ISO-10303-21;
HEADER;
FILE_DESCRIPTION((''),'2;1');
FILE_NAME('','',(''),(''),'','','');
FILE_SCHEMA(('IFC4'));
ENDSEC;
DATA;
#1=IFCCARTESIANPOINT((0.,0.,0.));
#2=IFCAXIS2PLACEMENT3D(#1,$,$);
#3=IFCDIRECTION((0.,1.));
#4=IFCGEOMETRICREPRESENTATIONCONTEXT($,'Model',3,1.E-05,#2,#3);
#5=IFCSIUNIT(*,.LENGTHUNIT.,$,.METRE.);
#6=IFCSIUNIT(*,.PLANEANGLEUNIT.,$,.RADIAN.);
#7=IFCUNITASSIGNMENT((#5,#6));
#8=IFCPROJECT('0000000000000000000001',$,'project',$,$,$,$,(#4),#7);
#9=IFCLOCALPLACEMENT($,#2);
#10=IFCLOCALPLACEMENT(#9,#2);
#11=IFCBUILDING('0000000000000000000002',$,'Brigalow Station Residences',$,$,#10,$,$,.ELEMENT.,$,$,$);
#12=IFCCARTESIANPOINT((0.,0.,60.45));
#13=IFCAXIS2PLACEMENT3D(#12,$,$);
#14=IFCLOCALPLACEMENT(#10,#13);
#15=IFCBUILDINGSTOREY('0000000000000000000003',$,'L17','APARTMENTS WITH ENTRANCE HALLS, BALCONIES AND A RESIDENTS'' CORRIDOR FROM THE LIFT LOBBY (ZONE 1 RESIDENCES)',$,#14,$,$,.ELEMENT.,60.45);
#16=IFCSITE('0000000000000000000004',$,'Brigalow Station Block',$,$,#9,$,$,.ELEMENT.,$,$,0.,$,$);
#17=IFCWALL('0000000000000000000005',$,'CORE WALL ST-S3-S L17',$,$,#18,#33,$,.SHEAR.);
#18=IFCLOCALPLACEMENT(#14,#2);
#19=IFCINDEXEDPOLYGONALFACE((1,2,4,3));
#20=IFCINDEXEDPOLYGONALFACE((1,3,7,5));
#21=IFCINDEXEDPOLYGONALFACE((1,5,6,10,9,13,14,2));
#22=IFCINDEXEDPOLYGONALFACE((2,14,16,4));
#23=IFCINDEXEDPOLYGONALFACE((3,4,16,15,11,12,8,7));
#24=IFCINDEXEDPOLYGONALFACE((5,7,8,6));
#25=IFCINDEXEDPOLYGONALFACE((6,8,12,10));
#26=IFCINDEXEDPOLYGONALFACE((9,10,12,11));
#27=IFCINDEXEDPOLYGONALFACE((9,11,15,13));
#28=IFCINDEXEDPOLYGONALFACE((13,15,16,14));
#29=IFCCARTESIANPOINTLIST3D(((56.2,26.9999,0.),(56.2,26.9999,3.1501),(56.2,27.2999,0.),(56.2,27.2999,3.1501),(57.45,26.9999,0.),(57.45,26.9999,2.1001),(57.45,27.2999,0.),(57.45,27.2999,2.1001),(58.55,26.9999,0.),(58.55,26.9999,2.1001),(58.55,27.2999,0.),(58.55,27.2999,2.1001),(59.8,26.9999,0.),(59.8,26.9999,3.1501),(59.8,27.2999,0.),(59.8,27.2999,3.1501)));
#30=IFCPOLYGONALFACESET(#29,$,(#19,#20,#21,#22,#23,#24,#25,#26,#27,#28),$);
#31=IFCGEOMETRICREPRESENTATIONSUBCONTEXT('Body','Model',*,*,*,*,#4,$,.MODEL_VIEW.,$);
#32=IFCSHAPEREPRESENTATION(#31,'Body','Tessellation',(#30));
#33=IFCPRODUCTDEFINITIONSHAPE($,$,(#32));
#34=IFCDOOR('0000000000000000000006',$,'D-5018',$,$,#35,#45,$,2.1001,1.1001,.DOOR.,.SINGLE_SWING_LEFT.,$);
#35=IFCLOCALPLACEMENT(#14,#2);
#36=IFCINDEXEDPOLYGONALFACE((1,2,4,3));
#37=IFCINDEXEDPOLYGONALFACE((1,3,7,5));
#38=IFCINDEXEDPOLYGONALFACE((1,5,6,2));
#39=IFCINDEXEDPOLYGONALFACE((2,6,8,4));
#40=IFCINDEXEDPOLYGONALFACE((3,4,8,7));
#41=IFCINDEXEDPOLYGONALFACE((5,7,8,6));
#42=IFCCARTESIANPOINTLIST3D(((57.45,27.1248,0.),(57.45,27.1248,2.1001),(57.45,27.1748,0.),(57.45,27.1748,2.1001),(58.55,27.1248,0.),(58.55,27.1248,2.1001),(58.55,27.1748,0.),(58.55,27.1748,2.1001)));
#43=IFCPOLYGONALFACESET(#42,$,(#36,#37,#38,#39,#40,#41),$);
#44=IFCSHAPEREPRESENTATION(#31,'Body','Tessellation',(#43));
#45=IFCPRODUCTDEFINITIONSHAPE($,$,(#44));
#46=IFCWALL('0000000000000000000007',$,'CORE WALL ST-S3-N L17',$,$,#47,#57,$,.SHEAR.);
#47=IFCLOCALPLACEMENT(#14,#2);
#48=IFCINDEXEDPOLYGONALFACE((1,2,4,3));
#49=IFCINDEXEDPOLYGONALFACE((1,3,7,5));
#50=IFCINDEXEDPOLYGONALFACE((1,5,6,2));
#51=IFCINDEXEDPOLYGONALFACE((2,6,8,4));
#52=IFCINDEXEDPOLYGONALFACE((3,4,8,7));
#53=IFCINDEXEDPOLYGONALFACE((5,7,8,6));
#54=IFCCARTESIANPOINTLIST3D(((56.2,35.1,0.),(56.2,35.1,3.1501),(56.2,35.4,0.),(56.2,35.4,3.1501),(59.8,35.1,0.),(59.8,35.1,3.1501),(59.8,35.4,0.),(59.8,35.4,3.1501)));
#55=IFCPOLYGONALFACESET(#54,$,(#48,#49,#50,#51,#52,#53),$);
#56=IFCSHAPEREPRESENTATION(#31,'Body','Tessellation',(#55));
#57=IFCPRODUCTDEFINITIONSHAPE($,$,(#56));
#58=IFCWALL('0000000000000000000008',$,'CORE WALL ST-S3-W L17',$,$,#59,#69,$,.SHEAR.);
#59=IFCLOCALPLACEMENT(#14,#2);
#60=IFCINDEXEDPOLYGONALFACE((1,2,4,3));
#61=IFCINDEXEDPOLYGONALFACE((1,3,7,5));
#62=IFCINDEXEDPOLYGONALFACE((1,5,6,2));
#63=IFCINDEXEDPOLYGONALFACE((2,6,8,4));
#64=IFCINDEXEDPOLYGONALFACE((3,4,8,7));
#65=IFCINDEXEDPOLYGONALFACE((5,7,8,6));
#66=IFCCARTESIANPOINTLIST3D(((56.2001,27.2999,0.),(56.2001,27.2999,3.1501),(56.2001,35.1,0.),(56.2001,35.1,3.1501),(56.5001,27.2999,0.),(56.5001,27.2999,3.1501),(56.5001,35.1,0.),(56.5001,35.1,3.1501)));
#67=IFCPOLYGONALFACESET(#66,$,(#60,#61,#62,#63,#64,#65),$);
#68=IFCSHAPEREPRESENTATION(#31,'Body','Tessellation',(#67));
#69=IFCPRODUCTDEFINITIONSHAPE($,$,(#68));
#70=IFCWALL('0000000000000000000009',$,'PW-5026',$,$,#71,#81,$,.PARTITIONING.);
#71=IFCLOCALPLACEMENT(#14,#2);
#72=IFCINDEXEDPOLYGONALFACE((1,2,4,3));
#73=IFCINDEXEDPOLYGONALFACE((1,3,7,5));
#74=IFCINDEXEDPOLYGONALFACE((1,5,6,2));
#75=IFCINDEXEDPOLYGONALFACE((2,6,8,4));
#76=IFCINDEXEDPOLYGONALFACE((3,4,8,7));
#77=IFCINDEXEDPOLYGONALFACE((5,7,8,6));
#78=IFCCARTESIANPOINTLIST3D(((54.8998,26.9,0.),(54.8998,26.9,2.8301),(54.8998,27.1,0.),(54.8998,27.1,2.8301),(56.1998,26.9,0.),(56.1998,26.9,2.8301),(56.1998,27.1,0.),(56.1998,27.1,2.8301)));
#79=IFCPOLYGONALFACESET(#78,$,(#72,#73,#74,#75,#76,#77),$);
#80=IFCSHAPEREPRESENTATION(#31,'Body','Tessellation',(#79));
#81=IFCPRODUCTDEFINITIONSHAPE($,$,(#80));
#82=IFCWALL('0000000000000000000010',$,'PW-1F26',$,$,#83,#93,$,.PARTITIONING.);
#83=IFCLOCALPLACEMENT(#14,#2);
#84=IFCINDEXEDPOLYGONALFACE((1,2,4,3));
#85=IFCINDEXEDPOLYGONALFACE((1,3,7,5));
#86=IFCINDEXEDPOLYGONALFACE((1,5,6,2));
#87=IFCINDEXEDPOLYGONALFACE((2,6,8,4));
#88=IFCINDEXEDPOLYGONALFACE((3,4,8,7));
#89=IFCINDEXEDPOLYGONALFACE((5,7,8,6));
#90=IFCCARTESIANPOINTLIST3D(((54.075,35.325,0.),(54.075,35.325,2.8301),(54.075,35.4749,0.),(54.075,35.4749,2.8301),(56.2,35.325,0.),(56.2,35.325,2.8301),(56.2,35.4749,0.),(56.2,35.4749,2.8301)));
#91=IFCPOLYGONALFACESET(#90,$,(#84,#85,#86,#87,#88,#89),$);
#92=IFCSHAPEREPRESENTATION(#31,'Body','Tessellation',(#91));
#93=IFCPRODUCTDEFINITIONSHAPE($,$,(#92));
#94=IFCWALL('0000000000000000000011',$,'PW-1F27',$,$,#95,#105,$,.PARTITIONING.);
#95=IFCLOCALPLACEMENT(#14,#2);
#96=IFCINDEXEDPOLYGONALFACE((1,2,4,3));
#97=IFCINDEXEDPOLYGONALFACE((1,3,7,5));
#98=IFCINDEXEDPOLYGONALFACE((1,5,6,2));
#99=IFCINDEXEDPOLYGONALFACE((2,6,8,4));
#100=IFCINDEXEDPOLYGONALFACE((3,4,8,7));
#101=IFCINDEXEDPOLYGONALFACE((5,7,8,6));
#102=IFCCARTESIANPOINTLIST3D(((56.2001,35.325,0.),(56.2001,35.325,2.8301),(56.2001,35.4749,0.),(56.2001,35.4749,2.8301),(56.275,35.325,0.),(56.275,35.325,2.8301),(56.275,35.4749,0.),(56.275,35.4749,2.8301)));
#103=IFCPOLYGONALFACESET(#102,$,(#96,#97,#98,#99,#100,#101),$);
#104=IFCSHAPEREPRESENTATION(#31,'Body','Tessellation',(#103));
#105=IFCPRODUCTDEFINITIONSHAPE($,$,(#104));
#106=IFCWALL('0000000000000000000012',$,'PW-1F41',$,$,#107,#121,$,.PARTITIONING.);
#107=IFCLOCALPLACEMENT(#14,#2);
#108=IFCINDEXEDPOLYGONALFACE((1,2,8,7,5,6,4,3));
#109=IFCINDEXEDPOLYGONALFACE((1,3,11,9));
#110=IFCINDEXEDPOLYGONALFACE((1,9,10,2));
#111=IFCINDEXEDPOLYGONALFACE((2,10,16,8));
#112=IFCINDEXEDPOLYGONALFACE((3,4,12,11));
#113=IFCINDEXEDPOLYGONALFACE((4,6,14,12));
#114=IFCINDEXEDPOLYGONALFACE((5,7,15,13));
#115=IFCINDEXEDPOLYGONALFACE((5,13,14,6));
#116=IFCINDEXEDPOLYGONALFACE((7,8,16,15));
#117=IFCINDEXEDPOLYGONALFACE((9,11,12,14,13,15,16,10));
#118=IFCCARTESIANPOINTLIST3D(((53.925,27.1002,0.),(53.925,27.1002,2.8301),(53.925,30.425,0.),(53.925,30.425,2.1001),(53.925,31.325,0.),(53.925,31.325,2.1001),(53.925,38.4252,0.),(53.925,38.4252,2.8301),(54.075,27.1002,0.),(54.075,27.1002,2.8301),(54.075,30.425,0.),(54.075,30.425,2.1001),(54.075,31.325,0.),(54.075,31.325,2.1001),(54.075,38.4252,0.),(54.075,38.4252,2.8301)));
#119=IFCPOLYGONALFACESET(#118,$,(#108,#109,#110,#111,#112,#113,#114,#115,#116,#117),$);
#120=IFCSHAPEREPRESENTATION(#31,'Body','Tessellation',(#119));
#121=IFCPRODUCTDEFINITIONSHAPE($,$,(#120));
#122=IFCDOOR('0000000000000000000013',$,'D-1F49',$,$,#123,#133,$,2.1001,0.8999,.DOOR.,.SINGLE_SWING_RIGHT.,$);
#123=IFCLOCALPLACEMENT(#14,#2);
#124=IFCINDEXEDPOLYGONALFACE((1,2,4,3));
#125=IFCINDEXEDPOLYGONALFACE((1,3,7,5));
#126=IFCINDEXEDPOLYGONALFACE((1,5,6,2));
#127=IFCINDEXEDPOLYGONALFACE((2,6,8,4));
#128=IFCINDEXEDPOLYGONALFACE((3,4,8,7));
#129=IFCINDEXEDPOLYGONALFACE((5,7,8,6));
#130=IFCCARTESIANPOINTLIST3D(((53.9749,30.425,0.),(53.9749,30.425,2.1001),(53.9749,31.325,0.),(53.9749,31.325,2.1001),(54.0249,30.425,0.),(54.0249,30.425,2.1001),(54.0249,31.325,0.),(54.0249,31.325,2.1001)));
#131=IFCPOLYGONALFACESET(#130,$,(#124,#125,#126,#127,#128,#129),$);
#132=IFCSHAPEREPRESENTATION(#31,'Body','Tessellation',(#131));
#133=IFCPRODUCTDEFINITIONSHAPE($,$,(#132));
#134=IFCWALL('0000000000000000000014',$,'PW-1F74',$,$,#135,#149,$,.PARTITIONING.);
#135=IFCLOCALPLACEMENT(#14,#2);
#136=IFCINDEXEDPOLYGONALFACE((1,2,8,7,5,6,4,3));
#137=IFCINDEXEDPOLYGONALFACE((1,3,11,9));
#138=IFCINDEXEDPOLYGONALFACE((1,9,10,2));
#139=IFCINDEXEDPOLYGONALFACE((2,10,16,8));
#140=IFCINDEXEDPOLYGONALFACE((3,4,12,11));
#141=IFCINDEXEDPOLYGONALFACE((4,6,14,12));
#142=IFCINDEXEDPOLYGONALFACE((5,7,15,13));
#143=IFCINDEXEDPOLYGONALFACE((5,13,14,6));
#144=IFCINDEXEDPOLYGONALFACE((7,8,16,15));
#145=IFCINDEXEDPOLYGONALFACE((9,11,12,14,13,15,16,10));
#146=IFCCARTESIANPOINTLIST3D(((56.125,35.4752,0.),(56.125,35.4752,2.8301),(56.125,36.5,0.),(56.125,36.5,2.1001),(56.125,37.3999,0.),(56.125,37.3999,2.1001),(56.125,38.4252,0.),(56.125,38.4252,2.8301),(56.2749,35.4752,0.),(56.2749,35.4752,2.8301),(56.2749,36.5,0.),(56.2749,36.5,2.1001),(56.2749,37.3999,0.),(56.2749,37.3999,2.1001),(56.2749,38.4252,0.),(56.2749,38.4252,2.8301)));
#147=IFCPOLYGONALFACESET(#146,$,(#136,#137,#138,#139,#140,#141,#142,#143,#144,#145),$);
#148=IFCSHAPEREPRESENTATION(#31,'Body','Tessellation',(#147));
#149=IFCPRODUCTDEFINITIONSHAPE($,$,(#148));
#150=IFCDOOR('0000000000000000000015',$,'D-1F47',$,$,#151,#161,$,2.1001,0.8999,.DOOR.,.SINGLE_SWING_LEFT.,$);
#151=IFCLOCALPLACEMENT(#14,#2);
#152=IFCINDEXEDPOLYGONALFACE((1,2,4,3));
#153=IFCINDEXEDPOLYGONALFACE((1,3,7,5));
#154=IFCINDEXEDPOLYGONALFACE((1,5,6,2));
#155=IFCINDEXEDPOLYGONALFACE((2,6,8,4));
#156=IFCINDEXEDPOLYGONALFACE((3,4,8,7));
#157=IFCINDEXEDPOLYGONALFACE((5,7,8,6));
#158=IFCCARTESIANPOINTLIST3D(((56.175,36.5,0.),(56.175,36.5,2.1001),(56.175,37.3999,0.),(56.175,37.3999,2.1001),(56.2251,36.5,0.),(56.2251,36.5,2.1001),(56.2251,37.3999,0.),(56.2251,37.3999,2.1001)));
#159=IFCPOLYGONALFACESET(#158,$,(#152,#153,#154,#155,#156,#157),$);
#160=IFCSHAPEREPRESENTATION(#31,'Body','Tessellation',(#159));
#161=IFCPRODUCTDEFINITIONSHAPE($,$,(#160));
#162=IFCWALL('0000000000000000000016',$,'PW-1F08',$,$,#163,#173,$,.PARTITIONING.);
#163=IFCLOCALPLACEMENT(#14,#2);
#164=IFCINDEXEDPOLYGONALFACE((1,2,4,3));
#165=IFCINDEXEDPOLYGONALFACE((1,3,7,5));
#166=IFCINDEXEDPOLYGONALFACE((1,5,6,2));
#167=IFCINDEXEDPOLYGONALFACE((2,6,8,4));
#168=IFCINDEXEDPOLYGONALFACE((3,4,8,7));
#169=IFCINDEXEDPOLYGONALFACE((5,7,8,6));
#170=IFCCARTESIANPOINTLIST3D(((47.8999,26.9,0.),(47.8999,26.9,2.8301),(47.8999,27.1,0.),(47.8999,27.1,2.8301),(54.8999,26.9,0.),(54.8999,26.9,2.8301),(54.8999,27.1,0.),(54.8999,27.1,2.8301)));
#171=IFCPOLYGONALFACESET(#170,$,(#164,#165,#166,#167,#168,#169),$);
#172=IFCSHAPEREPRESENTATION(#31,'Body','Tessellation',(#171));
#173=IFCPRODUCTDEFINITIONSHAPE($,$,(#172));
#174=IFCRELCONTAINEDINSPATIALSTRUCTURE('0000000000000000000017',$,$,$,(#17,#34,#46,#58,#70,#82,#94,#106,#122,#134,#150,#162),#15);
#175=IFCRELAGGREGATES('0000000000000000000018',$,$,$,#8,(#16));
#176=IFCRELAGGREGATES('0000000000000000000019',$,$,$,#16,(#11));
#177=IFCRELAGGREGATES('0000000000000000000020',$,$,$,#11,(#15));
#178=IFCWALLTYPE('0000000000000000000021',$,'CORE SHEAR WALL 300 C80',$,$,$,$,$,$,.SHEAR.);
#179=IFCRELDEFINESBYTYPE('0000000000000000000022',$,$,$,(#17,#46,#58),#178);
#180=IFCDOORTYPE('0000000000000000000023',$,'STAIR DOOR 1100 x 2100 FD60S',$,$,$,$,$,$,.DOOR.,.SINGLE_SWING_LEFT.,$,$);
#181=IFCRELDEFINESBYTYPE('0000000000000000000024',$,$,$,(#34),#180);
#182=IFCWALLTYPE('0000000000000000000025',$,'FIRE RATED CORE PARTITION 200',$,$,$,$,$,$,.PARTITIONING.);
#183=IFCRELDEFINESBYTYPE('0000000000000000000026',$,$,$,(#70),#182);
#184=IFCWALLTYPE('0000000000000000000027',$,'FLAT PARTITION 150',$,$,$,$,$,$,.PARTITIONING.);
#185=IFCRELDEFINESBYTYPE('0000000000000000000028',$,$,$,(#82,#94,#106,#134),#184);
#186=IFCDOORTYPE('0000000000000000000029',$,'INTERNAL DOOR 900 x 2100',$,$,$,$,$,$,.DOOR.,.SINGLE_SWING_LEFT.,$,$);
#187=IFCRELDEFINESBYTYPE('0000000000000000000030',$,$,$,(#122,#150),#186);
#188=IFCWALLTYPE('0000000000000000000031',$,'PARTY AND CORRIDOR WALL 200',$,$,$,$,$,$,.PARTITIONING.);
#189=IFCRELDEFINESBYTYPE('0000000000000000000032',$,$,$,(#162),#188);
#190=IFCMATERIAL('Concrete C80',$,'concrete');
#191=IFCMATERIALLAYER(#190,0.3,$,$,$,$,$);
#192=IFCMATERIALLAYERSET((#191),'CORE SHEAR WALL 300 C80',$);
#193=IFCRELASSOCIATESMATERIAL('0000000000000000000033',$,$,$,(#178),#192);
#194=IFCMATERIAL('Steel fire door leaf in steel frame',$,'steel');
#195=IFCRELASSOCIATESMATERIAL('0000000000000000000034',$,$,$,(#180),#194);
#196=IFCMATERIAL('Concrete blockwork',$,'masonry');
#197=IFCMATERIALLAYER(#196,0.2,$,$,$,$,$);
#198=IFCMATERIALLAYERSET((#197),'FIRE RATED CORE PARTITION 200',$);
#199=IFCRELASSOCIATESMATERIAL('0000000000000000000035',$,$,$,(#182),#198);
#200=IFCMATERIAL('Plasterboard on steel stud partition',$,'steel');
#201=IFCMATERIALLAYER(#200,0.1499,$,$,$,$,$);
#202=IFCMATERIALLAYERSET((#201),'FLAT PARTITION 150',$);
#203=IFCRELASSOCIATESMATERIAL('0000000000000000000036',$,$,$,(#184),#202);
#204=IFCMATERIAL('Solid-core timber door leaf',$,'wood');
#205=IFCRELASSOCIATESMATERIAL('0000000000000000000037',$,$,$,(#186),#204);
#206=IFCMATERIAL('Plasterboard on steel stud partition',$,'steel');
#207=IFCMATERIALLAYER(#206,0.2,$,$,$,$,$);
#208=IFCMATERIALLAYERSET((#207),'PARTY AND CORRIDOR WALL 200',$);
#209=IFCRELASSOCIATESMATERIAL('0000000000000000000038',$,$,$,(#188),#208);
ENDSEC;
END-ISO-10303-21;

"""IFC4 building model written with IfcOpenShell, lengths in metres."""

from ifc_helpers import new_model, si_unit, direction, frame, frame_2d, origin, place, context, subcontext, project, spatial, rectangle, extrude, material, layer, layer_set, type_object, element, fill, save


model = new_model("IFC4")

# Units and contexts
model_context = context("Model", 3, precision=1e-05, world=origin(), true_north=direction((0.0, 1.0)))
body_context = subcontext(model_context, "Body", "Model", "MODEL_VIEW")
ifc_project = project(units=[si_unit("LENGTHUNIT", "METRE"), si_unit("PLANEANGLEUNIT", "RADIAN")], contexts=[model_context])

# Site, building, storey
site_placement = place(None, origin())
site = spatial("IfcSite", under=ifc_project, at=site_placement, Name="Brigalow Station Block", CompositionType="ELEMENT", RefElevation=0.0)
building_placement = place(site_placement, origin())
building = spatial("IfcBuilding", under=site, at=building_placement, Name="Brigalow Station Residences", CompositionType="ELEMENT")
storey_placement = place(building_placement, frame((0.0, 0.0, 60.45)))
storey = spatial("IfcBuildingStorey", under=building, at=storey_placement, Name="L17", Description="APARTMENTS WITH ENTRANCE HALLS, BALCONIES AND A RESIDENTS' CORRIDOR FROM THE LIFT LOBBY (ZONE 1 RESIDENCES)", CompositionType="ELEMENT", Elevation=60.45)

# Wall, opening, door
ifc_material_1 = material(Name="Concrete C80", Category="concrete")
ifc_layer_1 = layer(ifc_material_1, 0.3)
ifc_layer_set_1 = layer_set([ifc_layer_1], Name="CORE SHEAR WALL 300 C80")
wall_type_1 = type_object("IfcWallType", Name="CORE SHEAR WALL 300 C80", PredefinedType="SHEAR", material=ifc_layer_set_1)
wall_1_placement = place(storey_placement, frame((56.2, 27.1499, 0.0), z_axis=(0.0, 0.0, 1.0), x_axis=(1.0, 0.0, 0.0)))
wall_1 = element("IfcWall", 1, at=wall_1_placement, inside=storey, type_object=wall_type_1, Name="CORE WALL ST-S3-S L17", PredefinedType="SHEAR", context=body_context, shape_type="SweptSolid", body=[
    extrude(rectangle(XDim=3.6001, YDim=0.3, at=frame_2d((1.8, 0.0))), origin(), (0.0, 0.0, 1.0), 3.1501),
])
opening_1_placement = place(wall_1_placement, frame((1.25, 0.0, 0.0)))
opening_1 = element("IfcOpeningElement", 2, at=opening_1_placement, cuts=wall_1, PredefinedType="OPENING", context=body_context, shape_type="SweptSolid", body=[
    extrude(rectangle(XDim=1.1001, YDim=2.1001, at=frame_2d((0.55, 1.05))), frame((0.0, 0.1602, 0.0), z_axis=(0.0, -1.0, 0.0), x_axis=(1.0, 0.0, 0.0)), (0.0, 0.0, 1.0), 0.3201),
])
ifc_material_2 = material(Name="Steel fire door leaf in steel frame", Category="steel")
door_type_1 = type_object("IfcDoorType", Name="STAIR DOOR 1100 x 2100 FD60S", OperationType="SINGLE_SWING_LEFT", PredefinedType="DOOR", material=ifc_material_2)
door_1_placement = place(opening_1_placement, origin())
door_1 = element("IfcDoor", 3, at=door_1_placement, inside=storey, type_object=door_type_1, Name="D-5018", OperationType="SINGLE_SWING_LEFT", OverallHeight=2.1001, OverallWidth=1.1001, PredefinedType="DOOR", context=body_context, shape_type="SweptSolid", body=[
    extrude(rectangle(XDim=1.1001, YDim=2.1001, at=frame_2d((0.55, 1.05))), frame((0.0, 0.0249, 0.0), z_axis=(0.0, -1.0, 0.0), x_axis=(1.0, 0.0, 0.0)), (0.0, 0.0, 1.0), 0.05),
])
fill(opening_1, door_1)

# Walls
wall_2_placement = place(storey_placement, frame((56.2, 35.25, 0.0), z_axis=(0.0, 0.0, 1.0), x_axis=(1.0, 0.0, 0.0)))
element("IfcWall", 4, at=wall_2_placement, inside=storey, type_object=wall_type_1, Name="CORE WALL ST-S3-N L17", PredefinedType="SHEAR", context=body_context, shape_type="SweptSolid", body=[
    extrude(rectangle(XDim=3.6001, YDim=0.3, at=frame_2d((1.8, 0.0))), origin(), (0.0, 0.0, 1.0), 3.1501),
])
wall_3_placement = place(storey_placement, frame((56.3501, 27.3, 0.0), z_axis=(0.0, 0.0, 1.0), x_axis=(0.0, 1.0, 0.0)))
element("IfcWall", 5, at=wall_3_placement, inside=storey, type_object=wall_type_1, Name="CORE WALL ST-S3-W L17", PredefinedType="SHEAR", context=body_context, shape_type="SweptSolid", body=[
    extrude(rectangle(XDim=7.8, YDim=0.3, at=frame_2d((3.8999, 0.0))), origin(), (0.0, 0.0, 1.0), 3.1501),
])
ifc_material_3 = material(Name="Concrete blockwork", Category="masonry")
ifc_layer_2 = layer(ifc_material_3, 0.2)
ifc_layer_set_2 = layer_set([ifc_layer_2], Name="FIRE RATED CORE PARTITION 200")
wall_type_2 = type_object("IfcWallType", Name="FIRE RATED CORE PARTITION 200", PredefinedType="PARTITIONING", material=ifc_layer_set_2)
wall_4_placement = place(storey_placement, frame((54.8999, 27.0, 0.0), z_axis=(0.0, 0.0, 1.0), x_axis=(1.0, 0.0, 0.0)))
element("IfcWall", 6, at=wall_4_placement, inside=storey, type_object=wall_type_2, Name="PW-5026", PredefinedType="PARTITIONING", context=body_context, shape_type="SweptSolid", body=[
    extrude(rectangle(XDim=1.3, YDim=0.2, at=frame_2d((0.6499, 0.0))), origin(), (0.0, 0.0, 1.0), 2.8301),
])
ifc_material_4 = material(Name="Plasterboard on steel stud partition", Category="steel")
ifc_layer_3 = layer(ifc_material_4, 0.1499)
ifc_layer_set_3 = layer_set([ifc_layer_3], Name="FLAT PARTITION 150")
wall_type_3 = type_object("IfcWallType", Name="FLAT PARTITION 150", PredefinedType="PARTITIONING", material=ifc_layer_set_3)
wall_5_placement = place(storey_placement, frame((54.075, 35.3999, 0.0), z_axis=(0.0, 0.0, 1.0), x_axis=(1.0, 0.0, 0.0)))
element("IfcWall", 7, at=wall_5_placement, inside=storey, type_object=wall_type_3, Name="PW-1F26", PredefinedType="PARTITIONING", context=body_context, shape_type="SweptSolid", body=[
    extrude(rectangle(XDim=2.125, YDim=0.1499, at=frame_2d((1.0625, 0.0))), origin(), (0.0, 0.0, 1.0), 2.8301),
])
wall_6_placement = place(storey_placement, frame((56.2, 35.3999, 0.0), z_axis=(0.0, 0.0, 1.0), x_axis=(1.0, 0.0, 0.0)))
element("IfcWall", 8, at=wall_6_placement, inside=storey, type_object=wall_type_3, Name="PW-1F27", PredefinedType="PARTITIONING", context=body_context, shape_type="SweptSolid", body=[
    extrude(rectangle(XDim=0.075, YDim=0.1499, at=frame_2d((0.0376, 0.0))), origin(), (0.0, 0.0, 1.0), 2.8301),
])

# Walls, openings, doors
wall_7_placement = place(storey_placement, frame((54.0, 27.1001, 0.0), z_axis=(0.0, 0.0, 1.0), x_axis=(0.0, 1.0, 0.0)))
wall_7 = element("IfcWall", 9, at=wall_7_placement, inside=storey, type_object=wall_type_3, Name="PW-1F41", PredefinedType="PARTITIONING", context=body_context, shape_type="SweptSolid", body=[
    extrude(rectangle(XDim=11.325, YDim=0.1499, at=frame_2d((5.6626, 0.0))), origin(), (0.0, 0.0, 1.0), 2.8301),
])
opening_2_placement = place(wall_7_placement, frame((3.325, 0.0, 0.0)))
opening_2 = element("IfcOpeningElement", 10, at=opening_2_placement, cuts=wall_7, PredefinedType="OPENING", context=body_context, shape_type="SweptSolid", body=[
    extrude(rectangle(XDim=0.8999, YDim=2.1001, at=frame_2d((0.45, 1.05))), frame((0.0, 0.085, 0.0), z_axis=(0.0, -1.0, 0.0), x_axis=(1.0, 0.0, 0.0)), (0.0, 0.0, 1.0), 0.1699),
])
ifc_material_5 = material(Name="Solid-core timber door leaf", Category="wood")
door_type_2 = type_object("IfcDoorType", Name="INTERNAL DOOR 900 x 2100", OperationType="SINGLE_SWING_LEFT", PredefinedType="DOOR", material=ifc_material_5)
door_2_placement = place(opening_2_placement, frame((0.8999, 0.0, 0.0), z_axis=(0.0, 0.0, 1.0), x_axis=(-1.0, 0.0, 0.0)))
door_2 = element("IfcDoor", 11, at=door_2_placement, inside=storey, type_object=door_type_2, Name="D-1F49", OperationType="SINGLE_SWING_RIGHT", OverallHeight=2.1001, OverallWidth=0.8999, PredefinedType="DOOR", context=body_context, shape_type="SweptSolid", body=[
    extrude(rectangle(XDim=0.8999, YDim=2.1001, at=frame_2d((0.45, 1.05))), frame((0.0, 0.0249, 0.0), z_axis=(0.0, -1.0, 0.0), x_axis=(1.0, 0.0, 0.0)), (0.0, 0.0, 1.0), 0.05),
])
fill(opening_2, door_2)
wall_8_placement = place(storey_placement, frame((56.2, 35.4751, 0.0), z_axis=(0.0, 0.0, 1.0), x_axis=(0.0, 1.0, 0.0)))
wall_8 = element("IfcWall", 12, at=wall_8_placement, inside=storey, type_object=wall_type_3, Name="PW-1F74", PredefinedType="PARTITIONING", context=body_context, shape_type="SweptSolid", body=[
    extrude(rectangle(XDim=2.95, YDim=0.1499, at=frame_2d((1.4751, 0.0))), origin(), (0.0, 0.0, 1.0), 2.8301),
])
opening_3_placement = place(wall_8_placement, frame((1.0249, 0.0, 0.0)))
opening_3 = element("IfcOpeningElement", 13, at=opening_3_placement, cuts=wall_8, PredefinedType="OPENING", context=body_context, shape_type="SweptSolid", body=[
    extrude(rectangle(XDim=0.8999, YDim=2.1001, at=frame_2d((0.45, 1.05))), frame((0.0, 0.085, 0.0), z_axis=(0.0, -1.0, 0.0), x_axis=(1.0, 0.0, 0.0)), (0.0, 0.0, 1.0), 0.1699),
])
door_3_placement = place(opening_3_placement, origin())
door_3 = element("IfcDoor", 14, at=door_3_placement, inside=storey, type_object=door_type_2, Name="D-1F47", OperationType="SINGLE_SWING_LEFT", OverallHeight=2.1001, OverallWidth=0.8999, PredefinedType="DOOR", context=body_context, shape_type="SweptSolid", body=[
    extrude(rectangle(XDim=0.8999, YDim=2.1001, at=frame_2d((0.45, 1.05))), frame((0.0, 0.0249, 0.0), z_axis=(0.0, -1.0, 0.0), x_axis=(1.0, 0.0, 0.0)), (0.0, 0.0, 1.0), 0.05),
])
fill(opening_3, door_3)

# Wall
ifc_material_6 = material(Name="Plasterboard on steel stud partition", Category="steel")
ifc_layer_4 = layer(ifc_material_6, 0.2)
ifc_layer_set_4 = layer_set([ifc_layer_4], Name="PARTY AND CORRIDOR WALL 200")
wall_type_4 = type_object("IfcWallType", Name="PARTY AND CORRIDOR WALL 200", PredefinedType="PARTITIONING", material=ifc_layer_set_4)
wall_9_placement = place(storey_placement, frame((47.8999, 27.0, 0.0), z_axis=(0.0, 0.0, 1.0), x_axis=(1.0, 0.0, 0.0)))
element("IfcWall", 15, at=wall_9_placement, inside=storey, type_object=wall_type_4, Name="PW-1F08", PredefinedType="PARTITIONING", context=body_context, shape_type="SweptSolid", body=[
    extrude(rectangle(XDim=7.0, YDim=0.2, at=frame_2d((3.5, 0.0))), origin(), (0.0, 0.0, 1.0), 2.8301),
])

save(model, "model.ifc")
